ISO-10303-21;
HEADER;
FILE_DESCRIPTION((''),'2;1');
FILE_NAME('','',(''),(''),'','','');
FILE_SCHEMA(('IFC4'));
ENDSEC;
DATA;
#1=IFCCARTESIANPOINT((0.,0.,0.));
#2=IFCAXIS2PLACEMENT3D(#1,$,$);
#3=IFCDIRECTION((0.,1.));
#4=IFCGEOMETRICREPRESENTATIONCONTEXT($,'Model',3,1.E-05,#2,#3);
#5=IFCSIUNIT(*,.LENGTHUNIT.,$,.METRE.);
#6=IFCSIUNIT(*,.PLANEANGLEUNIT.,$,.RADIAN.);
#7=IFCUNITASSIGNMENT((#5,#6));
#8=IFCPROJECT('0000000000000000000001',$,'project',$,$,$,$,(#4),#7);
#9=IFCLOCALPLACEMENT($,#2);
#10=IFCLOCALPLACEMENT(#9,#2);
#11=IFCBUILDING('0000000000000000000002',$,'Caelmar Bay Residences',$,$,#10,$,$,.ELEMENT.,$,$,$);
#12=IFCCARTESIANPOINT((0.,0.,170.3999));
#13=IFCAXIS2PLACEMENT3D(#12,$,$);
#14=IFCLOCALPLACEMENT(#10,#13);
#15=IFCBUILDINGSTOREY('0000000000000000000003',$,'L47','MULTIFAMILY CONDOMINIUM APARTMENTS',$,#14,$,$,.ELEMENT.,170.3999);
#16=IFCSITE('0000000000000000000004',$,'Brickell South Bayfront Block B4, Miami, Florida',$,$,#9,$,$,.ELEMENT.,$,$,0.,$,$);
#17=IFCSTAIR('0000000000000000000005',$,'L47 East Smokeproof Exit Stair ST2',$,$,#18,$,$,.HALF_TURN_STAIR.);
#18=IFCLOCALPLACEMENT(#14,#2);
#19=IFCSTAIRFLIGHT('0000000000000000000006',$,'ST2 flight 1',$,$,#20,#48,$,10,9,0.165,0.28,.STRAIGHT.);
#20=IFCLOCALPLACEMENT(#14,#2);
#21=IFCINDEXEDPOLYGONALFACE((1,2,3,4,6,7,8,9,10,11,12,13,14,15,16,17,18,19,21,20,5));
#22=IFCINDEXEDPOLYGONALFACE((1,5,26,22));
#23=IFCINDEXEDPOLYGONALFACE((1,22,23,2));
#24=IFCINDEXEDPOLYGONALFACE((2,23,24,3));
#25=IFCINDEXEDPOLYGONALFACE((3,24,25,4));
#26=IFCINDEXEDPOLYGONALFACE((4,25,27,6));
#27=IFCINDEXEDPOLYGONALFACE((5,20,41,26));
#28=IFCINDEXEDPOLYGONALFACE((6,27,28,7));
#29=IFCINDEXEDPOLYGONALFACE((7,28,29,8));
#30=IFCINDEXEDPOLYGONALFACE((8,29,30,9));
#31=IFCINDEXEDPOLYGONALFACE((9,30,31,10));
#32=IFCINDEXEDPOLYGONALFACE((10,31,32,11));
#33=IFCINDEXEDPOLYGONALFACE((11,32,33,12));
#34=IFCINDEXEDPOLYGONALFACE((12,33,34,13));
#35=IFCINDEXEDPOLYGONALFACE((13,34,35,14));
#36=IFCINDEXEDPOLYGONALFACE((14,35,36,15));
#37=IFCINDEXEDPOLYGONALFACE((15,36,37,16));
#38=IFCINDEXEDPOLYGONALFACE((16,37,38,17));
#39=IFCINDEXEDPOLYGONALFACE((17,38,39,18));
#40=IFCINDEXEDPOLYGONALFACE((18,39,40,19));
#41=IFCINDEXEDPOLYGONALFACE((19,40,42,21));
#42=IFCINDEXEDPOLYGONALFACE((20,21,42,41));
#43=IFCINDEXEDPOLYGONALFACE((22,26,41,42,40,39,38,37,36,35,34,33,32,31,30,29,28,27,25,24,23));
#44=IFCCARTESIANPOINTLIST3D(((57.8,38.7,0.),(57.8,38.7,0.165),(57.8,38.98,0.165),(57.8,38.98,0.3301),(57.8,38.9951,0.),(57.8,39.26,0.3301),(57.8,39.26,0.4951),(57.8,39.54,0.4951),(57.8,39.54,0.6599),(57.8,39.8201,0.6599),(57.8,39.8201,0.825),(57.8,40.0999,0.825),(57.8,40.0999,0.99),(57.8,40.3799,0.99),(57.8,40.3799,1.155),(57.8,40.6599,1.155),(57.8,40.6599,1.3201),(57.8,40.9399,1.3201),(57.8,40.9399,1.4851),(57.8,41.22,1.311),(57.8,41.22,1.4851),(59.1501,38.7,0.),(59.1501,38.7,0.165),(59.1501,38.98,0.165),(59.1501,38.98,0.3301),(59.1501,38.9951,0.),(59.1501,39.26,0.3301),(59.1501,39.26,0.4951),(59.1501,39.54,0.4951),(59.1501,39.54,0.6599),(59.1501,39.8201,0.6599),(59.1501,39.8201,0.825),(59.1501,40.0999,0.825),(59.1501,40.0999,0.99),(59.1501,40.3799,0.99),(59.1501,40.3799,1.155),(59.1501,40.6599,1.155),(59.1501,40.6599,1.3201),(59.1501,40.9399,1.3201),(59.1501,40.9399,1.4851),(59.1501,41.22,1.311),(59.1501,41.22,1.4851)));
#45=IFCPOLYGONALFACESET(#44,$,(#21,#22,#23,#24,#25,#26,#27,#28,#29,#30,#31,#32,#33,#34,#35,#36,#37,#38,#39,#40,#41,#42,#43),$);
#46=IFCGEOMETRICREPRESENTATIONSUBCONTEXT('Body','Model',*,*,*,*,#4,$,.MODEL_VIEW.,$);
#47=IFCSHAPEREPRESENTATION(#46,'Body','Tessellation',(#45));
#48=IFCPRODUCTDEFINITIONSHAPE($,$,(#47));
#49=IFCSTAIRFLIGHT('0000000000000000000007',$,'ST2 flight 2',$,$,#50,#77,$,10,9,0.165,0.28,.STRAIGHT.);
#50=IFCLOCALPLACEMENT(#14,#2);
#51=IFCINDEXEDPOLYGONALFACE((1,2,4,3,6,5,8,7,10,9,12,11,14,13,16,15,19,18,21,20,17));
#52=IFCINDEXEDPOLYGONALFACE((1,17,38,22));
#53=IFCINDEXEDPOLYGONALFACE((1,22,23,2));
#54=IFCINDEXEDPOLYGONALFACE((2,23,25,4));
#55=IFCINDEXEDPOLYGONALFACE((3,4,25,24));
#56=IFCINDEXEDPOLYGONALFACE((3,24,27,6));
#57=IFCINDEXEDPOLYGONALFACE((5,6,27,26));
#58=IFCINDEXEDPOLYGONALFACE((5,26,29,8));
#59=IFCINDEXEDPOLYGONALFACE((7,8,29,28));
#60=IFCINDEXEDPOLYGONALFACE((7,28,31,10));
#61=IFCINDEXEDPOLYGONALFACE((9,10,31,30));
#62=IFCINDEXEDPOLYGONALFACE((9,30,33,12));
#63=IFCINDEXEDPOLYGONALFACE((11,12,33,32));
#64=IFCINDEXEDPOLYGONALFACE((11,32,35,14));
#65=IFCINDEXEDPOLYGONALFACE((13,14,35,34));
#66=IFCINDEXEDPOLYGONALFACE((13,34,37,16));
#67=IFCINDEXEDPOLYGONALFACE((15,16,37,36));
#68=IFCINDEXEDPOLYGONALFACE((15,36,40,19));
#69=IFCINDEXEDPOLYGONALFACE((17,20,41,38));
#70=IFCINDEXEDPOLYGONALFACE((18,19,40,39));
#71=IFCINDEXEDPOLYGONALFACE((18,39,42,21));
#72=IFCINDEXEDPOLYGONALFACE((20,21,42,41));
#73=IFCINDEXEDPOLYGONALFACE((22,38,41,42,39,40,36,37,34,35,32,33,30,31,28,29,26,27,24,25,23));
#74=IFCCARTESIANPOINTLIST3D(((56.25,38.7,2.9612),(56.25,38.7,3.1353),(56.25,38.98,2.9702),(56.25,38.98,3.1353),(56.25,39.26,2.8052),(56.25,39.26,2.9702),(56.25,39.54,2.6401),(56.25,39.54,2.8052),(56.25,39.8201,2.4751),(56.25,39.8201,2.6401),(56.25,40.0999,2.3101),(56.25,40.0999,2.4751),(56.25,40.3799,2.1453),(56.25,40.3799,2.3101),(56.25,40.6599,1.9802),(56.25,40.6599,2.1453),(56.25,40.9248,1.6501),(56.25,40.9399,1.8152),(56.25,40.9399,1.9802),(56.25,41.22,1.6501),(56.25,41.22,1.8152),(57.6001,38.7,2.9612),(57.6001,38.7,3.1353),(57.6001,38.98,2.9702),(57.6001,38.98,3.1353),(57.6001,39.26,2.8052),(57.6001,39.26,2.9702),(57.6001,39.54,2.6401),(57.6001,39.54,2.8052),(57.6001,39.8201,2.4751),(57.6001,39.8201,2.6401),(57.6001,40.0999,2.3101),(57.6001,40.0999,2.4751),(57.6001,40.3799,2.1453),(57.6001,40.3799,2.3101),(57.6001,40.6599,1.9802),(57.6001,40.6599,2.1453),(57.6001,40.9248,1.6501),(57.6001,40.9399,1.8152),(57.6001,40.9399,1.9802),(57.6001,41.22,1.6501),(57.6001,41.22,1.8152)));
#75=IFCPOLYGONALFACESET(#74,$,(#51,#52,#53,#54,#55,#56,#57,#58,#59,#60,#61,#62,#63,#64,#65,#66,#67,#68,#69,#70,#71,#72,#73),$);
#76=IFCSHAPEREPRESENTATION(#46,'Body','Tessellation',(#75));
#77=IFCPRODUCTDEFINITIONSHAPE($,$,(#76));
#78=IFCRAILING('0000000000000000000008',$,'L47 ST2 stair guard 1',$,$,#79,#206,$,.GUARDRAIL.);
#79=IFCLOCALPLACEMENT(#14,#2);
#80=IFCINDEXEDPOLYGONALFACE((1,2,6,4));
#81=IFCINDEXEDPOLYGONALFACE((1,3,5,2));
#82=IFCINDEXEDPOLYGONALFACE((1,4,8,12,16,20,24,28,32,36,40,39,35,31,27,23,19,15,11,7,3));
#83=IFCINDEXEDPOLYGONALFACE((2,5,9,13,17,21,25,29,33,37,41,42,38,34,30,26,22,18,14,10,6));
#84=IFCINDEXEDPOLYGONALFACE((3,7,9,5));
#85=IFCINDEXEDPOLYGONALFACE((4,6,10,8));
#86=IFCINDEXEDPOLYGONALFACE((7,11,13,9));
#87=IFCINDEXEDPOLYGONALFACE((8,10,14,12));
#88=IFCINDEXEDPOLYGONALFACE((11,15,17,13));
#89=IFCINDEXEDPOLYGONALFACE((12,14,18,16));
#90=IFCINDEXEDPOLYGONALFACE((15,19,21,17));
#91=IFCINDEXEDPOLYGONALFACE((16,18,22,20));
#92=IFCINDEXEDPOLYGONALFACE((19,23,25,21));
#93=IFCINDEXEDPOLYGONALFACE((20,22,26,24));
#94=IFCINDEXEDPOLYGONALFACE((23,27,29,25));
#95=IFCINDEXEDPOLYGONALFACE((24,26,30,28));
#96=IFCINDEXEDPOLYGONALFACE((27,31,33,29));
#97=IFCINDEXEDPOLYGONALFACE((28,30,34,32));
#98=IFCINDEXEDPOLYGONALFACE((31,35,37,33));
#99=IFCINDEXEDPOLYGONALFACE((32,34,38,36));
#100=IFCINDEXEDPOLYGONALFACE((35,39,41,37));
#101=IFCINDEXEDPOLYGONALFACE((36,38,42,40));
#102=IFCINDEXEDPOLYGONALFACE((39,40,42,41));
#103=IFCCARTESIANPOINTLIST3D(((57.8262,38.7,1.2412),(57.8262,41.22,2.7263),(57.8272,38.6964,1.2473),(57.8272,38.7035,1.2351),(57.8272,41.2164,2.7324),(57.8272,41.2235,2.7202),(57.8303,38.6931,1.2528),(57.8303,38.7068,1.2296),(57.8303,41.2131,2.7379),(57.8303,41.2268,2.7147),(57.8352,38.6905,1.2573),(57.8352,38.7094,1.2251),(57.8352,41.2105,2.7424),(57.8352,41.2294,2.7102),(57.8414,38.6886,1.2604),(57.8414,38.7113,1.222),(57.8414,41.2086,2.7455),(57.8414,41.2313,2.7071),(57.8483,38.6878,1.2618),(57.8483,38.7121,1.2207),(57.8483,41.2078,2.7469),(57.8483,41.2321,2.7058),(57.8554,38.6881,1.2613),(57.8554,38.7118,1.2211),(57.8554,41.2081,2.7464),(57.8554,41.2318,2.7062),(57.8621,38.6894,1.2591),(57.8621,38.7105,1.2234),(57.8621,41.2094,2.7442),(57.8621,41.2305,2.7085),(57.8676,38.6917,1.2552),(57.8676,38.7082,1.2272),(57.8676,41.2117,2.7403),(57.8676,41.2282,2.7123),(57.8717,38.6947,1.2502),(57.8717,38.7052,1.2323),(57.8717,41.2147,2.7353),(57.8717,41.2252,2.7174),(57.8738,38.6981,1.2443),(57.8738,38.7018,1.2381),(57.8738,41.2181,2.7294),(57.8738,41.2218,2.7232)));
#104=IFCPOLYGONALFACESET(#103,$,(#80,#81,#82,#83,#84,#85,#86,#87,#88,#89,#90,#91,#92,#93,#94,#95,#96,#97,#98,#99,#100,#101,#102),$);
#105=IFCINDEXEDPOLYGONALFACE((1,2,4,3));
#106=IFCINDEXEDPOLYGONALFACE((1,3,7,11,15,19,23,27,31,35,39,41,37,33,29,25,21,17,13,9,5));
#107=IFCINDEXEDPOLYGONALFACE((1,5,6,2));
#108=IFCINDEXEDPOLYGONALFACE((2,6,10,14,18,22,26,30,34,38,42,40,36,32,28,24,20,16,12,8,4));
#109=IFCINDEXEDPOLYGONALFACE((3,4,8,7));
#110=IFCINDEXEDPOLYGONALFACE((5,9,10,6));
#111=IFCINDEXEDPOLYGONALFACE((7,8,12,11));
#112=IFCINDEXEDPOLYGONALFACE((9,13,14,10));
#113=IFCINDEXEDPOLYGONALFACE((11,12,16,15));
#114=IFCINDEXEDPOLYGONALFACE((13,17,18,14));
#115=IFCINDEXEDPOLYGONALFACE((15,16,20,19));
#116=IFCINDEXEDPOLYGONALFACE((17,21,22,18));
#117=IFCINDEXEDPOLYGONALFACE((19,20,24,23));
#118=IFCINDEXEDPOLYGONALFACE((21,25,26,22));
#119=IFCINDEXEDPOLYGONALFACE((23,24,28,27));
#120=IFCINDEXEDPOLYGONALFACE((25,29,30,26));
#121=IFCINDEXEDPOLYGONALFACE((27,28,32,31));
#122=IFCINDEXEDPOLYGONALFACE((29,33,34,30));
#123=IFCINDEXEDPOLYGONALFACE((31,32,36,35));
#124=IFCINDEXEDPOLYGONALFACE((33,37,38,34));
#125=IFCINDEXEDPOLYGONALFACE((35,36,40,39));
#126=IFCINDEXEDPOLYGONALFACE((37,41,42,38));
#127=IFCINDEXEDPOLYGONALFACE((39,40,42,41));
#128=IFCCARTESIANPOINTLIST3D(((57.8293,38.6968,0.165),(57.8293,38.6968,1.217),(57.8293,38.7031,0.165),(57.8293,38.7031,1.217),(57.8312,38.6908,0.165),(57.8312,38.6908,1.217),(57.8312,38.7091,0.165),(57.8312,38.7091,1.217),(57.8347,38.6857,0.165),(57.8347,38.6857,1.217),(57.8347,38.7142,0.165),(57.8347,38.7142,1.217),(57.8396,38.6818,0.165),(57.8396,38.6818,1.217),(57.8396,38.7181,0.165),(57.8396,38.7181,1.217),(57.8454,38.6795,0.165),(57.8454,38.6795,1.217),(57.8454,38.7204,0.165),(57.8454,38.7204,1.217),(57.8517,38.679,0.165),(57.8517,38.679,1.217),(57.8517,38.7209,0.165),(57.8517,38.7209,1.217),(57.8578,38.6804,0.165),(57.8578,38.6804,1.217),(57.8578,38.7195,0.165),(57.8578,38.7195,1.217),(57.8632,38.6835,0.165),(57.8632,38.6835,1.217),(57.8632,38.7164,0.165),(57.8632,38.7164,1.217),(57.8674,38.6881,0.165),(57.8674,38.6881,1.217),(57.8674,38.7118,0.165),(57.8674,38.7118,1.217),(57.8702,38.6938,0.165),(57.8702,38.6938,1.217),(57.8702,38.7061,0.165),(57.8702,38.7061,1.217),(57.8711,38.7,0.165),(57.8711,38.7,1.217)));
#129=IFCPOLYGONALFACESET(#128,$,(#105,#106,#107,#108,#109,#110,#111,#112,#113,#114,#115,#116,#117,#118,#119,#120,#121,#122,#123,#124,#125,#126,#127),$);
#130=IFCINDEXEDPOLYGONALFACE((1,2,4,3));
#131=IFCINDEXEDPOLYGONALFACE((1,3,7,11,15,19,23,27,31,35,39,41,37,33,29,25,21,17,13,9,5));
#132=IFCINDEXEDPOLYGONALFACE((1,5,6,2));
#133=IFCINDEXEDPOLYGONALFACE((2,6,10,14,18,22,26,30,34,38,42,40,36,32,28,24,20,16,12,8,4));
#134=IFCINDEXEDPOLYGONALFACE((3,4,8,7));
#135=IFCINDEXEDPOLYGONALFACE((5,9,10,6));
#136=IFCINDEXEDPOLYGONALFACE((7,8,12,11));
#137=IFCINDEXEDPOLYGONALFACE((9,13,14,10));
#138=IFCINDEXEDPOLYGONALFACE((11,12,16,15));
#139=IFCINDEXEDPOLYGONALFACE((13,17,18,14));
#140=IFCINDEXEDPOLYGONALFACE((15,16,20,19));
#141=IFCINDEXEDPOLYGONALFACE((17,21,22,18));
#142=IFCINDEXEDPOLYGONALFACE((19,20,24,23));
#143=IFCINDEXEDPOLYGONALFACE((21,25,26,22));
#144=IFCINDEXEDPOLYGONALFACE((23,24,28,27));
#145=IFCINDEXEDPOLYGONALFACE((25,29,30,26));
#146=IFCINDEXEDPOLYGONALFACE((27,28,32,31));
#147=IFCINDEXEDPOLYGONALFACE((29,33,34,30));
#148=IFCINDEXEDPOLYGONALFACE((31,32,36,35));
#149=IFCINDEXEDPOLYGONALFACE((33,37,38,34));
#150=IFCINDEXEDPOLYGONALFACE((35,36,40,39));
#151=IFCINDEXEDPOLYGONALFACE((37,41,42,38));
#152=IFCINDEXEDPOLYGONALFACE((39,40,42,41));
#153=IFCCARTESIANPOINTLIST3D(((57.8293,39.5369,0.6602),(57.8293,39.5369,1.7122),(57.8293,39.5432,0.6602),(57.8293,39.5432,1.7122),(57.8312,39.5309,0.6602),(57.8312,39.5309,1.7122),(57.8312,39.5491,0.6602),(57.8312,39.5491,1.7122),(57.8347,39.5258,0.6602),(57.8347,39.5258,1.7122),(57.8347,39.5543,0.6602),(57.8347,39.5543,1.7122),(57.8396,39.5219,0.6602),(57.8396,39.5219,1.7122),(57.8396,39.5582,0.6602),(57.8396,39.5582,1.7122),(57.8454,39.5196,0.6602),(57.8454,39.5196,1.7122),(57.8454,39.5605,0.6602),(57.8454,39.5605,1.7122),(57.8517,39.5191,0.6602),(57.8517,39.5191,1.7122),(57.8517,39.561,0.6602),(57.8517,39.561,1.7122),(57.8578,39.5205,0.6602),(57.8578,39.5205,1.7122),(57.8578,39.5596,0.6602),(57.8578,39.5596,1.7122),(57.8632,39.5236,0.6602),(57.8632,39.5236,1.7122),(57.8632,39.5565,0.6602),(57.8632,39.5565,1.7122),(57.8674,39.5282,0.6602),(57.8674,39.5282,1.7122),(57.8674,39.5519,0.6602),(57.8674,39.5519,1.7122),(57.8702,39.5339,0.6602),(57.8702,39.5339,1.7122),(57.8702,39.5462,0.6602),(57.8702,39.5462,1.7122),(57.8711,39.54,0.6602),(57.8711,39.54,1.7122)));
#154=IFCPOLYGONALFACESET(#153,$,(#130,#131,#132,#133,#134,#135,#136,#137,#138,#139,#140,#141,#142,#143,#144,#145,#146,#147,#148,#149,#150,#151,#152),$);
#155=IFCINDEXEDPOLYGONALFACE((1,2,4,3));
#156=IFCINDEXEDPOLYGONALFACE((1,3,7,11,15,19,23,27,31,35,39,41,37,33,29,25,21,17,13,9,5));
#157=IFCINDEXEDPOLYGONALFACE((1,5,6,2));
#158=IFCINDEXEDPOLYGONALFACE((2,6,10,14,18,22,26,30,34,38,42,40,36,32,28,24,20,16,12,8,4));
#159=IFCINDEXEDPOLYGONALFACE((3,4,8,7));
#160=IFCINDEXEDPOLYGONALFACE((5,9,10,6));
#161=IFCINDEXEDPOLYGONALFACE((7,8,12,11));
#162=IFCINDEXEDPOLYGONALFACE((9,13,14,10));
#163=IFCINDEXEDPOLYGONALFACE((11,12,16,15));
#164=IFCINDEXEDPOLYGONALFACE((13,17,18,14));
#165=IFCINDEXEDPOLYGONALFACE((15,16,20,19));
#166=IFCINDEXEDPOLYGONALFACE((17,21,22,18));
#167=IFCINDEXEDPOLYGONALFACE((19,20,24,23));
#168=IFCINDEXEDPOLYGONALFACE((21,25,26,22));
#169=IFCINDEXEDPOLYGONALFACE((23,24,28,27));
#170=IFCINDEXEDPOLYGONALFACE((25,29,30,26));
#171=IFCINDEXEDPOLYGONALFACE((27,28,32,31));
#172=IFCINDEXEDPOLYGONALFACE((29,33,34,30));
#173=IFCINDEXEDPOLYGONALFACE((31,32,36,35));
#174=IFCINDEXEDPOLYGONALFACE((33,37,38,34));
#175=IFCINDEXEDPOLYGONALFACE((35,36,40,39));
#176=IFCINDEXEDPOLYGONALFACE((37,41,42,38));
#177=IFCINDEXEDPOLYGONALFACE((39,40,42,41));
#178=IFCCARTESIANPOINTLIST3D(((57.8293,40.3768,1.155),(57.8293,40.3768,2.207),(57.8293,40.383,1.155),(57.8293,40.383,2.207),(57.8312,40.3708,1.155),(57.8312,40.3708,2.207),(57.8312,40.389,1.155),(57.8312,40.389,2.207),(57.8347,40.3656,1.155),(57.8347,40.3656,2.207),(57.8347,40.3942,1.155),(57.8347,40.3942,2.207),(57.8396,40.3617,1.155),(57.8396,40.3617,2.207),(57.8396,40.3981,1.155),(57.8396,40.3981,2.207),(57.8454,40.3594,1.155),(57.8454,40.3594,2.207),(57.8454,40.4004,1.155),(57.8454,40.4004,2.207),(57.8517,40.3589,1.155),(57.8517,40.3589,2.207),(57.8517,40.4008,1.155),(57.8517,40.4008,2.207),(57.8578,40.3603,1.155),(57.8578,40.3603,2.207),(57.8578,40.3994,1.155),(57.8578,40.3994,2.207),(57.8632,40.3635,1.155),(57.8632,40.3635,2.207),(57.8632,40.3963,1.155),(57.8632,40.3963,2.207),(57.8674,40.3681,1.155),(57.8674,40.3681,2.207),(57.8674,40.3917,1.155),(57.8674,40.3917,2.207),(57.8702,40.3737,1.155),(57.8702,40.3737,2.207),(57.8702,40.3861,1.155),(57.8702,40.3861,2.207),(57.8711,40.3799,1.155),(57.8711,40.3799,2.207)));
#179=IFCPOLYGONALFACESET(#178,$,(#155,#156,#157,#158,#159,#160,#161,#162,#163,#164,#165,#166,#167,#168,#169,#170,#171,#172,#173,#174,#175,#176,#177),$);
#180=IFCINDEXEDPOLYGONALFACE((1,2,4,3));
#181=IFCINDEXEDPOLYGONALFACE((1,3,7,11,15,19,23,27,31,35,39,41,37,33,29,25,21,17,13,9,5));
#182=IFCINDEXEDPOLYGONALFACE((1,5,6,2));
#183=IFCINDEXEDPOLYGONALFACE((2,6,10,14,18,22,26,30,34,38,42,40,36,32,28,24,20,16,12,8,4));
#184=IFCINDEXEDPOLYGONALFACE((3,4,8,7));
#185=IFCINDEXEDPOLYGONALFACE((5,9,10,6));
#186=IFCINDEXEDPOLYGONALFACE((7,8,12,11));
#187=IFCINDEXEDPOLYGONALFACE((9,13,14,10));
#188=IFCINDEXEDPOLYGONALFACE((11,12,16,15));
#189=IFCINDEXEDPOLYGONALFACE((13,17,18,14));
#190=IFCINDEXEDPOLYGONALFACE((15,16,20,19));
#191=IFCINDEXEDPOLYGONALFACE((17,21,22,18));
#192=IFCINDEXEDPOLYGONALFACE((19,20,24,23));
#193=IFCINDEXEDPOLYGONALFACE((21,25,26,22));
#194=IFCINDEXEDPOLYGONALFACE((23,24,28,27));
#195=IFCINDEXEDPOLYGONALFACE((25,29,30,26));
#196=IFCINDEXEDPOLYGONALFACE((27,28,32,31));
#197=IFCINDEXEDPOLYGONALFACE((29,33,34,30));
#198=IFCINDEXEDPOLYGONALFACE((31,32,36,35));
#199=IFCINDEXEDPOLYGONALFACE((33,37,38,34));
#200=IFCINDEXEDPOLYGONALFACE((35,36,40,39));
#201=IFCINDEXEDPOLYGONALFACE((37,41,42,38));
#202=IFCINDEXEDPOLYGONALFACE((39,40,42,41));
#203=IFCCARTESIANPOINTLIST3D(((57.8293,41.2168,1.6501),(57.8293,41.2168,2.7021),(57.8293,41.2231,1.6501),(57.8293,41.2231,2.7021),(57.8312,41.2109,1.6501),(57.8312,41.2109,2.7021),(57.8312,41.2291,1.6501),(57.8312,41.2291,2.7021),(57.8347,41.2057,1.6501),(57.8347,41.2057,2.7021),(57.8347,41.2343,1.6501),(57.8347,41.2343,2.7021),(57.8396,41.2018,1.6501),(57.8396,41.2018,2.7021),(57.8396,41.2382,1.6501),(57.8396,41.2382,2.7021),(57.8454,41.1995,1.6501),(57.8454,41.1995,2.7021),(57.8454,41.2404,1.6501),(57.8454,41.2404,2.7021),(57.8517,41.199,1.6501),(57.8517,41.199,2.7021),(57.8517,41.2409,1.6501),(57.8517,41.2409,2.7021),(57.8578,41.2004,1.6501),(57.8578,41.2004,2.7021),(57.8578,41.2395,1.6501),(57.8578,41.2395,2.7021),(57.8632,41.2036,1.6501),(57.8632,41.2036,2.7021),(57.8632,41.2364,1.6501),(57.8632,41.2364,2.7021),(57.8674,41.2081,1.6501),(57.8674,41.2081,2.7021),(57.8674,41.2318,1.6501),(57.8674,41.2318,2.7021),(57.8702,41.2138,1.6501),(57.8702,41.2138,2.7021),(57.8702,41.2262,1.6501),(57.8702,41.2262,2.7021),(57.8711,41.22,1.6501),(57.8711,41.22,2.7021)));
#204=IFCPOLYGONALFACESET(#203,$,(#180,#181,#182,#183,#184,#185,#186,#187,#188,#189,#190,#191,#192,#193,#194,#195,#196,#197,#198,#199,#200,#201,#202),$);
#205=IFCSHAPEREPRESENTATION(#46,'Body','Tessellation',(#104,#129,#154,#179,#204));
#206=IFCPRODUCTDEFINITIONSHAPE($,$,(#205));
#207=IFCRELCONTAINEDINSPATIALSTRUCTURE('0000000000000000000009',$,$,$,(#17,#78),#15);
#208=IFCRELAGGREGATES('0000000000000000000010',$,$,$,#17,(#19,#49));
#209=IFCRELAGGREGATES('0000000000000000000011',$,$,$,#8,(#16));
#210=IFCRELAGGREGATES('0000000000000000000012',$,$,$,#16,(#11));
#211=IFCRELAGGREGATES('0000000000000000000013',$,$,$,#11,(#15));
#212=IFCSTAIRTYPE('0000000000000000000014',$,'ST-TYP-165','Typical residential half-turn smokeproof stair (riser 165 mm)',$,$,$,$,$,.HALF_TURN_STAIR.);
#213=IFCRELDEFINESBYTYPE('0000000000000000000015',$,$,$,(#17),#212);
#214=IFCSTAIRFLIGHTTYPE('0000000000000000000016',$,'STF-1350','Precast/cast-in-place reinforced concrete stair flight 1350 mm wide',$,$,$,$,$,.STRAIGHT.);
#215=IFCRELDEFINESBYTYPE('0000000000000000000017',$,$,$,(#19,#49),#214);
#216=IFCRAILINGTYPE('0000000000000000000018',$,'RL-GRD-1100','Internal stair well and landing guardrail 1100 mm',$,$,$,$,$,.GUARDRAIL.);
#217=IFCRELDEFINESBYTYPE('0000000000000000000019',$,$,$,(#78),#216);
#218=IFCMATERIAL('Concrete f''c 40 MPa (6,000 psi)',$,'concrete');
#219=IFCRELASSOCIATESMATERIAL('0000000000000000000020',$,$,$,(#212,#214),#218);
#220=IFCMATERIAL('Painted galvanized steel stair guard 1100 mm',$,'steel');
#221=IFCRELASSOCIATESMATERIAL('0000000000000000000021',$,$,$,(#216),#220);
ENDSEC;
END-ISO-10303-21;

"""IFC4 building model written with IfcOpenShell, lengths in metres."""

from ifc_helpers import new_model, si_unit, direction, frame, origin, origin_2d, place, context, subcontext, project, spatial, polyline, circle, outline, extrude, material, type_object, element, aggregate, save


model = new_model("IFC4")

# Units and contexts
model_context = context("Model", 3, precision=1e-05, world=origin(), true_north=direction((0.0, 1.0)))
body_context = subcontext(model_context, "Body", "Model", "MODEL_VIEW")
ifc_project = project(units=[si_unit("LENGTHUNIT", "METRE"), si_unit("PLANEANGLEUNIT", "RADIAN")], contexts=[model_context])

# Site, building, storey
site_placement = place(None, origin())
site = spatial("IfcSite", under=ifc_project, at=site_placement, Name="Brickell South Bayfront Block B4, Miami, Florida", CompositionType="ELEMENT", RefElevation=0.0)
building_placement = place(site_placement, origin())
building = spatial("IfcBuilding", under=site, at=building_placement, Name="Caelmar Bay Residences", CompositionType="ELEMENT")
storey_placement = place(building_placement, frame((0.0, 0.0, 170.3999)))
storey = spatial("IfcBuildingStorey", under=building, at=storey_placement, Name="L47", Description="MULTIFAMILY CONDOMINIUM APARTMENTS", CompositionType="ELEMENT", Elevation=170.3999)

# Stair, stair flights
ifc_material_1 = material(Name="Concrete f'c 40 MPa (6,000 psi)", Category="concrete")
stair_type = type_object("IfcStairType", Name="ST-TYP-165", Description="Typical residential half-turn smokeproof stair (riser 165 mm)", PredefinedType="HALF_TURN_STAIR", material=ifc_material_1)
stair_placement = place(storey_placement, origin())
stair = element("IfcStair", 1, at=stair_placement, inside=storey, type_object=stair_type, Name="L47 East Smokeproof Exit Stair ST2", PredefinedType="HALF_TURN_STAIR")
stair_flight_type = type_object("IfcStairFlightType", Name="STF-1350", Description="Precast/cast-in-place reinforced concrete stair flight 1350 mm wide", PredefinedType="STRAIGHT", material=ifc_material_1)
stair_flight_1_placement = place(storey_placement, frame((58.4751, 38.7, 0.0), z_axis=(0.0, 0.0, 1.0), x_axis=(0.0, 1.0, 0.0)))
stair_flight_1 = element("IfcStairFlight", 2, at=stair_flight_1_placement, type_object=stair_flight_type, Name="ST2 flight 1", NumberOfRisers=10, NumberOfTreads=9, PredefinedType="STRAIGHT", RiserHeight=0.165, TreadLength=0.28, context=body_context, shape_type="SweptSolid", body=[
    extrude(outline(polyline([(0.0, 0.0), (0.0, 0.165), (0.28, 0.165), (0.28, 0.3301), (0.5601, 0.3301), (0.5601, 0.4951), (0.8401, 0.4951), (0.8401, 0.6599), (1.1201, 0.6599), (1.1201, 0.825), (1.3999, 0.825), (1.3999, 0.99), (1.6799, 0.99), (1.6799, 1.155), (1.96, 1.155), (1.96, 1.3201), (2.24, 1.3201), (2.24, 1.4851), (2.52, 1.4851), (2.52, 1.6499), (2.52, 1.311), (0.2952, 0.0), (0.0, 0.0)])), frame((0.0, 0.675, 0.0), z_axis=(0.0, -1.0, 0.0), x_axis=(1.0, 0.0, 0.0)), (0.0, 0.0, 1.0), 1.3501),
])
stair_flight_2_placement = place(storey_placement, frame((56.925, 41.22, 1.6501), z_axis=(0.0, 0.0, 1.0), x_axis=(0.0, -1.0, 0.0)))
stair_flight_2 = element("IfcStairFlight", 3, at=stair_flight_2_placement, type_object=stair_flight_type, Name="ST2 flight 2", NumberOfRisers=10, NumberOfTreads=9, PredefinedType="STRAIGHT", RiserHeight=0.165, TreadLength=0.28, context=body_context, shape_type="SweptSolid", body=[
    extrude(outline(polyline([(0.0, 0.0), (0.0, 0.165), (0.28, 0.165), (0.28, 0.3301), (0.5601, 0.3301), (0.5601, 0.4951), (0.8401, 0.4951), (0.8401, 0.6599), (1.1201, 0.6599), (1.1201, 0.825), (1.3999, 0.825), (1.3999, 0.99), (1.6799, 0.99), (1.6799, 1.155), (1.96, 1.155), (1.96, 1.3201), (2.24, 1.3201), (2.24, 1.4851), (2.52, 1.4851), (2.52, 1.6499), (2.52, 1.311), (0.2952, 0.0), (0.0, 0.0)])), frame((0.0, 0.675, 0.0), z_axis=(0.0, -1.0, 0.0), x_axis=(1.0, 0.0, 0.0)), (0.0, 0.0, 1.0), 1.3501),
])
aggregate(stair, [stair_flight_1, stair_flight_2])

# Railing
ifc_material_2 = material(Name="Painted galvanized steel stair guard 1100 mm", Category="steel")
railing_type_1 = type_object("IfcRailingType", Name="RL-GRD-1100", Description="Internal stair well and landing guardrail 1100 mm", PredefinedType="GUARDRAIL", material=ifc_material_2)
railing_1_placement = place(storey_placement, frame((57.8501, 38.7, 0.165)))
element("IfcRailing", 4, at=railing_1_placement, inside=storey, type_object=railing_type_1, Name="L47 ST2 stair guard 1", PredefinedType="GUARDRAIL", context=body_context, shape_type="SweptSolid", body=[
    extrude(circle(Radius=0.0239, at=origin_2d()), frame((0.0, 0.0, 1.0762), z_axis=(0.0, 0.861524, 0.507717), x_axis=(-1.0, 0.0, 0.0)), (0.0, 0.0, 1.0), 2.925),
    extrude(circle(Radius=0.021, at=origin_2d()), origin(), (0.0, 0.0, 1.0), 1.052),
    extrude(circle(Radius=0.021, at=origin_2d()), frame((0.0, 0.8401, 0.4951)), (0.0, 0.0, 1.0), 1.052),
    extrude(circle(Radius=0.021, at=origin_2d()), frame((0.0, 1.6799, 0.99)), (0.0, 0.0, 1.0), 1.052),
    extrude(circle(Radius=0.021, at=origin_2d()), frame((0.0, 2.52, 1.4851)), (0.0, 0.0, 1.0), 1.052),
])

save(model, "model.ifc")
